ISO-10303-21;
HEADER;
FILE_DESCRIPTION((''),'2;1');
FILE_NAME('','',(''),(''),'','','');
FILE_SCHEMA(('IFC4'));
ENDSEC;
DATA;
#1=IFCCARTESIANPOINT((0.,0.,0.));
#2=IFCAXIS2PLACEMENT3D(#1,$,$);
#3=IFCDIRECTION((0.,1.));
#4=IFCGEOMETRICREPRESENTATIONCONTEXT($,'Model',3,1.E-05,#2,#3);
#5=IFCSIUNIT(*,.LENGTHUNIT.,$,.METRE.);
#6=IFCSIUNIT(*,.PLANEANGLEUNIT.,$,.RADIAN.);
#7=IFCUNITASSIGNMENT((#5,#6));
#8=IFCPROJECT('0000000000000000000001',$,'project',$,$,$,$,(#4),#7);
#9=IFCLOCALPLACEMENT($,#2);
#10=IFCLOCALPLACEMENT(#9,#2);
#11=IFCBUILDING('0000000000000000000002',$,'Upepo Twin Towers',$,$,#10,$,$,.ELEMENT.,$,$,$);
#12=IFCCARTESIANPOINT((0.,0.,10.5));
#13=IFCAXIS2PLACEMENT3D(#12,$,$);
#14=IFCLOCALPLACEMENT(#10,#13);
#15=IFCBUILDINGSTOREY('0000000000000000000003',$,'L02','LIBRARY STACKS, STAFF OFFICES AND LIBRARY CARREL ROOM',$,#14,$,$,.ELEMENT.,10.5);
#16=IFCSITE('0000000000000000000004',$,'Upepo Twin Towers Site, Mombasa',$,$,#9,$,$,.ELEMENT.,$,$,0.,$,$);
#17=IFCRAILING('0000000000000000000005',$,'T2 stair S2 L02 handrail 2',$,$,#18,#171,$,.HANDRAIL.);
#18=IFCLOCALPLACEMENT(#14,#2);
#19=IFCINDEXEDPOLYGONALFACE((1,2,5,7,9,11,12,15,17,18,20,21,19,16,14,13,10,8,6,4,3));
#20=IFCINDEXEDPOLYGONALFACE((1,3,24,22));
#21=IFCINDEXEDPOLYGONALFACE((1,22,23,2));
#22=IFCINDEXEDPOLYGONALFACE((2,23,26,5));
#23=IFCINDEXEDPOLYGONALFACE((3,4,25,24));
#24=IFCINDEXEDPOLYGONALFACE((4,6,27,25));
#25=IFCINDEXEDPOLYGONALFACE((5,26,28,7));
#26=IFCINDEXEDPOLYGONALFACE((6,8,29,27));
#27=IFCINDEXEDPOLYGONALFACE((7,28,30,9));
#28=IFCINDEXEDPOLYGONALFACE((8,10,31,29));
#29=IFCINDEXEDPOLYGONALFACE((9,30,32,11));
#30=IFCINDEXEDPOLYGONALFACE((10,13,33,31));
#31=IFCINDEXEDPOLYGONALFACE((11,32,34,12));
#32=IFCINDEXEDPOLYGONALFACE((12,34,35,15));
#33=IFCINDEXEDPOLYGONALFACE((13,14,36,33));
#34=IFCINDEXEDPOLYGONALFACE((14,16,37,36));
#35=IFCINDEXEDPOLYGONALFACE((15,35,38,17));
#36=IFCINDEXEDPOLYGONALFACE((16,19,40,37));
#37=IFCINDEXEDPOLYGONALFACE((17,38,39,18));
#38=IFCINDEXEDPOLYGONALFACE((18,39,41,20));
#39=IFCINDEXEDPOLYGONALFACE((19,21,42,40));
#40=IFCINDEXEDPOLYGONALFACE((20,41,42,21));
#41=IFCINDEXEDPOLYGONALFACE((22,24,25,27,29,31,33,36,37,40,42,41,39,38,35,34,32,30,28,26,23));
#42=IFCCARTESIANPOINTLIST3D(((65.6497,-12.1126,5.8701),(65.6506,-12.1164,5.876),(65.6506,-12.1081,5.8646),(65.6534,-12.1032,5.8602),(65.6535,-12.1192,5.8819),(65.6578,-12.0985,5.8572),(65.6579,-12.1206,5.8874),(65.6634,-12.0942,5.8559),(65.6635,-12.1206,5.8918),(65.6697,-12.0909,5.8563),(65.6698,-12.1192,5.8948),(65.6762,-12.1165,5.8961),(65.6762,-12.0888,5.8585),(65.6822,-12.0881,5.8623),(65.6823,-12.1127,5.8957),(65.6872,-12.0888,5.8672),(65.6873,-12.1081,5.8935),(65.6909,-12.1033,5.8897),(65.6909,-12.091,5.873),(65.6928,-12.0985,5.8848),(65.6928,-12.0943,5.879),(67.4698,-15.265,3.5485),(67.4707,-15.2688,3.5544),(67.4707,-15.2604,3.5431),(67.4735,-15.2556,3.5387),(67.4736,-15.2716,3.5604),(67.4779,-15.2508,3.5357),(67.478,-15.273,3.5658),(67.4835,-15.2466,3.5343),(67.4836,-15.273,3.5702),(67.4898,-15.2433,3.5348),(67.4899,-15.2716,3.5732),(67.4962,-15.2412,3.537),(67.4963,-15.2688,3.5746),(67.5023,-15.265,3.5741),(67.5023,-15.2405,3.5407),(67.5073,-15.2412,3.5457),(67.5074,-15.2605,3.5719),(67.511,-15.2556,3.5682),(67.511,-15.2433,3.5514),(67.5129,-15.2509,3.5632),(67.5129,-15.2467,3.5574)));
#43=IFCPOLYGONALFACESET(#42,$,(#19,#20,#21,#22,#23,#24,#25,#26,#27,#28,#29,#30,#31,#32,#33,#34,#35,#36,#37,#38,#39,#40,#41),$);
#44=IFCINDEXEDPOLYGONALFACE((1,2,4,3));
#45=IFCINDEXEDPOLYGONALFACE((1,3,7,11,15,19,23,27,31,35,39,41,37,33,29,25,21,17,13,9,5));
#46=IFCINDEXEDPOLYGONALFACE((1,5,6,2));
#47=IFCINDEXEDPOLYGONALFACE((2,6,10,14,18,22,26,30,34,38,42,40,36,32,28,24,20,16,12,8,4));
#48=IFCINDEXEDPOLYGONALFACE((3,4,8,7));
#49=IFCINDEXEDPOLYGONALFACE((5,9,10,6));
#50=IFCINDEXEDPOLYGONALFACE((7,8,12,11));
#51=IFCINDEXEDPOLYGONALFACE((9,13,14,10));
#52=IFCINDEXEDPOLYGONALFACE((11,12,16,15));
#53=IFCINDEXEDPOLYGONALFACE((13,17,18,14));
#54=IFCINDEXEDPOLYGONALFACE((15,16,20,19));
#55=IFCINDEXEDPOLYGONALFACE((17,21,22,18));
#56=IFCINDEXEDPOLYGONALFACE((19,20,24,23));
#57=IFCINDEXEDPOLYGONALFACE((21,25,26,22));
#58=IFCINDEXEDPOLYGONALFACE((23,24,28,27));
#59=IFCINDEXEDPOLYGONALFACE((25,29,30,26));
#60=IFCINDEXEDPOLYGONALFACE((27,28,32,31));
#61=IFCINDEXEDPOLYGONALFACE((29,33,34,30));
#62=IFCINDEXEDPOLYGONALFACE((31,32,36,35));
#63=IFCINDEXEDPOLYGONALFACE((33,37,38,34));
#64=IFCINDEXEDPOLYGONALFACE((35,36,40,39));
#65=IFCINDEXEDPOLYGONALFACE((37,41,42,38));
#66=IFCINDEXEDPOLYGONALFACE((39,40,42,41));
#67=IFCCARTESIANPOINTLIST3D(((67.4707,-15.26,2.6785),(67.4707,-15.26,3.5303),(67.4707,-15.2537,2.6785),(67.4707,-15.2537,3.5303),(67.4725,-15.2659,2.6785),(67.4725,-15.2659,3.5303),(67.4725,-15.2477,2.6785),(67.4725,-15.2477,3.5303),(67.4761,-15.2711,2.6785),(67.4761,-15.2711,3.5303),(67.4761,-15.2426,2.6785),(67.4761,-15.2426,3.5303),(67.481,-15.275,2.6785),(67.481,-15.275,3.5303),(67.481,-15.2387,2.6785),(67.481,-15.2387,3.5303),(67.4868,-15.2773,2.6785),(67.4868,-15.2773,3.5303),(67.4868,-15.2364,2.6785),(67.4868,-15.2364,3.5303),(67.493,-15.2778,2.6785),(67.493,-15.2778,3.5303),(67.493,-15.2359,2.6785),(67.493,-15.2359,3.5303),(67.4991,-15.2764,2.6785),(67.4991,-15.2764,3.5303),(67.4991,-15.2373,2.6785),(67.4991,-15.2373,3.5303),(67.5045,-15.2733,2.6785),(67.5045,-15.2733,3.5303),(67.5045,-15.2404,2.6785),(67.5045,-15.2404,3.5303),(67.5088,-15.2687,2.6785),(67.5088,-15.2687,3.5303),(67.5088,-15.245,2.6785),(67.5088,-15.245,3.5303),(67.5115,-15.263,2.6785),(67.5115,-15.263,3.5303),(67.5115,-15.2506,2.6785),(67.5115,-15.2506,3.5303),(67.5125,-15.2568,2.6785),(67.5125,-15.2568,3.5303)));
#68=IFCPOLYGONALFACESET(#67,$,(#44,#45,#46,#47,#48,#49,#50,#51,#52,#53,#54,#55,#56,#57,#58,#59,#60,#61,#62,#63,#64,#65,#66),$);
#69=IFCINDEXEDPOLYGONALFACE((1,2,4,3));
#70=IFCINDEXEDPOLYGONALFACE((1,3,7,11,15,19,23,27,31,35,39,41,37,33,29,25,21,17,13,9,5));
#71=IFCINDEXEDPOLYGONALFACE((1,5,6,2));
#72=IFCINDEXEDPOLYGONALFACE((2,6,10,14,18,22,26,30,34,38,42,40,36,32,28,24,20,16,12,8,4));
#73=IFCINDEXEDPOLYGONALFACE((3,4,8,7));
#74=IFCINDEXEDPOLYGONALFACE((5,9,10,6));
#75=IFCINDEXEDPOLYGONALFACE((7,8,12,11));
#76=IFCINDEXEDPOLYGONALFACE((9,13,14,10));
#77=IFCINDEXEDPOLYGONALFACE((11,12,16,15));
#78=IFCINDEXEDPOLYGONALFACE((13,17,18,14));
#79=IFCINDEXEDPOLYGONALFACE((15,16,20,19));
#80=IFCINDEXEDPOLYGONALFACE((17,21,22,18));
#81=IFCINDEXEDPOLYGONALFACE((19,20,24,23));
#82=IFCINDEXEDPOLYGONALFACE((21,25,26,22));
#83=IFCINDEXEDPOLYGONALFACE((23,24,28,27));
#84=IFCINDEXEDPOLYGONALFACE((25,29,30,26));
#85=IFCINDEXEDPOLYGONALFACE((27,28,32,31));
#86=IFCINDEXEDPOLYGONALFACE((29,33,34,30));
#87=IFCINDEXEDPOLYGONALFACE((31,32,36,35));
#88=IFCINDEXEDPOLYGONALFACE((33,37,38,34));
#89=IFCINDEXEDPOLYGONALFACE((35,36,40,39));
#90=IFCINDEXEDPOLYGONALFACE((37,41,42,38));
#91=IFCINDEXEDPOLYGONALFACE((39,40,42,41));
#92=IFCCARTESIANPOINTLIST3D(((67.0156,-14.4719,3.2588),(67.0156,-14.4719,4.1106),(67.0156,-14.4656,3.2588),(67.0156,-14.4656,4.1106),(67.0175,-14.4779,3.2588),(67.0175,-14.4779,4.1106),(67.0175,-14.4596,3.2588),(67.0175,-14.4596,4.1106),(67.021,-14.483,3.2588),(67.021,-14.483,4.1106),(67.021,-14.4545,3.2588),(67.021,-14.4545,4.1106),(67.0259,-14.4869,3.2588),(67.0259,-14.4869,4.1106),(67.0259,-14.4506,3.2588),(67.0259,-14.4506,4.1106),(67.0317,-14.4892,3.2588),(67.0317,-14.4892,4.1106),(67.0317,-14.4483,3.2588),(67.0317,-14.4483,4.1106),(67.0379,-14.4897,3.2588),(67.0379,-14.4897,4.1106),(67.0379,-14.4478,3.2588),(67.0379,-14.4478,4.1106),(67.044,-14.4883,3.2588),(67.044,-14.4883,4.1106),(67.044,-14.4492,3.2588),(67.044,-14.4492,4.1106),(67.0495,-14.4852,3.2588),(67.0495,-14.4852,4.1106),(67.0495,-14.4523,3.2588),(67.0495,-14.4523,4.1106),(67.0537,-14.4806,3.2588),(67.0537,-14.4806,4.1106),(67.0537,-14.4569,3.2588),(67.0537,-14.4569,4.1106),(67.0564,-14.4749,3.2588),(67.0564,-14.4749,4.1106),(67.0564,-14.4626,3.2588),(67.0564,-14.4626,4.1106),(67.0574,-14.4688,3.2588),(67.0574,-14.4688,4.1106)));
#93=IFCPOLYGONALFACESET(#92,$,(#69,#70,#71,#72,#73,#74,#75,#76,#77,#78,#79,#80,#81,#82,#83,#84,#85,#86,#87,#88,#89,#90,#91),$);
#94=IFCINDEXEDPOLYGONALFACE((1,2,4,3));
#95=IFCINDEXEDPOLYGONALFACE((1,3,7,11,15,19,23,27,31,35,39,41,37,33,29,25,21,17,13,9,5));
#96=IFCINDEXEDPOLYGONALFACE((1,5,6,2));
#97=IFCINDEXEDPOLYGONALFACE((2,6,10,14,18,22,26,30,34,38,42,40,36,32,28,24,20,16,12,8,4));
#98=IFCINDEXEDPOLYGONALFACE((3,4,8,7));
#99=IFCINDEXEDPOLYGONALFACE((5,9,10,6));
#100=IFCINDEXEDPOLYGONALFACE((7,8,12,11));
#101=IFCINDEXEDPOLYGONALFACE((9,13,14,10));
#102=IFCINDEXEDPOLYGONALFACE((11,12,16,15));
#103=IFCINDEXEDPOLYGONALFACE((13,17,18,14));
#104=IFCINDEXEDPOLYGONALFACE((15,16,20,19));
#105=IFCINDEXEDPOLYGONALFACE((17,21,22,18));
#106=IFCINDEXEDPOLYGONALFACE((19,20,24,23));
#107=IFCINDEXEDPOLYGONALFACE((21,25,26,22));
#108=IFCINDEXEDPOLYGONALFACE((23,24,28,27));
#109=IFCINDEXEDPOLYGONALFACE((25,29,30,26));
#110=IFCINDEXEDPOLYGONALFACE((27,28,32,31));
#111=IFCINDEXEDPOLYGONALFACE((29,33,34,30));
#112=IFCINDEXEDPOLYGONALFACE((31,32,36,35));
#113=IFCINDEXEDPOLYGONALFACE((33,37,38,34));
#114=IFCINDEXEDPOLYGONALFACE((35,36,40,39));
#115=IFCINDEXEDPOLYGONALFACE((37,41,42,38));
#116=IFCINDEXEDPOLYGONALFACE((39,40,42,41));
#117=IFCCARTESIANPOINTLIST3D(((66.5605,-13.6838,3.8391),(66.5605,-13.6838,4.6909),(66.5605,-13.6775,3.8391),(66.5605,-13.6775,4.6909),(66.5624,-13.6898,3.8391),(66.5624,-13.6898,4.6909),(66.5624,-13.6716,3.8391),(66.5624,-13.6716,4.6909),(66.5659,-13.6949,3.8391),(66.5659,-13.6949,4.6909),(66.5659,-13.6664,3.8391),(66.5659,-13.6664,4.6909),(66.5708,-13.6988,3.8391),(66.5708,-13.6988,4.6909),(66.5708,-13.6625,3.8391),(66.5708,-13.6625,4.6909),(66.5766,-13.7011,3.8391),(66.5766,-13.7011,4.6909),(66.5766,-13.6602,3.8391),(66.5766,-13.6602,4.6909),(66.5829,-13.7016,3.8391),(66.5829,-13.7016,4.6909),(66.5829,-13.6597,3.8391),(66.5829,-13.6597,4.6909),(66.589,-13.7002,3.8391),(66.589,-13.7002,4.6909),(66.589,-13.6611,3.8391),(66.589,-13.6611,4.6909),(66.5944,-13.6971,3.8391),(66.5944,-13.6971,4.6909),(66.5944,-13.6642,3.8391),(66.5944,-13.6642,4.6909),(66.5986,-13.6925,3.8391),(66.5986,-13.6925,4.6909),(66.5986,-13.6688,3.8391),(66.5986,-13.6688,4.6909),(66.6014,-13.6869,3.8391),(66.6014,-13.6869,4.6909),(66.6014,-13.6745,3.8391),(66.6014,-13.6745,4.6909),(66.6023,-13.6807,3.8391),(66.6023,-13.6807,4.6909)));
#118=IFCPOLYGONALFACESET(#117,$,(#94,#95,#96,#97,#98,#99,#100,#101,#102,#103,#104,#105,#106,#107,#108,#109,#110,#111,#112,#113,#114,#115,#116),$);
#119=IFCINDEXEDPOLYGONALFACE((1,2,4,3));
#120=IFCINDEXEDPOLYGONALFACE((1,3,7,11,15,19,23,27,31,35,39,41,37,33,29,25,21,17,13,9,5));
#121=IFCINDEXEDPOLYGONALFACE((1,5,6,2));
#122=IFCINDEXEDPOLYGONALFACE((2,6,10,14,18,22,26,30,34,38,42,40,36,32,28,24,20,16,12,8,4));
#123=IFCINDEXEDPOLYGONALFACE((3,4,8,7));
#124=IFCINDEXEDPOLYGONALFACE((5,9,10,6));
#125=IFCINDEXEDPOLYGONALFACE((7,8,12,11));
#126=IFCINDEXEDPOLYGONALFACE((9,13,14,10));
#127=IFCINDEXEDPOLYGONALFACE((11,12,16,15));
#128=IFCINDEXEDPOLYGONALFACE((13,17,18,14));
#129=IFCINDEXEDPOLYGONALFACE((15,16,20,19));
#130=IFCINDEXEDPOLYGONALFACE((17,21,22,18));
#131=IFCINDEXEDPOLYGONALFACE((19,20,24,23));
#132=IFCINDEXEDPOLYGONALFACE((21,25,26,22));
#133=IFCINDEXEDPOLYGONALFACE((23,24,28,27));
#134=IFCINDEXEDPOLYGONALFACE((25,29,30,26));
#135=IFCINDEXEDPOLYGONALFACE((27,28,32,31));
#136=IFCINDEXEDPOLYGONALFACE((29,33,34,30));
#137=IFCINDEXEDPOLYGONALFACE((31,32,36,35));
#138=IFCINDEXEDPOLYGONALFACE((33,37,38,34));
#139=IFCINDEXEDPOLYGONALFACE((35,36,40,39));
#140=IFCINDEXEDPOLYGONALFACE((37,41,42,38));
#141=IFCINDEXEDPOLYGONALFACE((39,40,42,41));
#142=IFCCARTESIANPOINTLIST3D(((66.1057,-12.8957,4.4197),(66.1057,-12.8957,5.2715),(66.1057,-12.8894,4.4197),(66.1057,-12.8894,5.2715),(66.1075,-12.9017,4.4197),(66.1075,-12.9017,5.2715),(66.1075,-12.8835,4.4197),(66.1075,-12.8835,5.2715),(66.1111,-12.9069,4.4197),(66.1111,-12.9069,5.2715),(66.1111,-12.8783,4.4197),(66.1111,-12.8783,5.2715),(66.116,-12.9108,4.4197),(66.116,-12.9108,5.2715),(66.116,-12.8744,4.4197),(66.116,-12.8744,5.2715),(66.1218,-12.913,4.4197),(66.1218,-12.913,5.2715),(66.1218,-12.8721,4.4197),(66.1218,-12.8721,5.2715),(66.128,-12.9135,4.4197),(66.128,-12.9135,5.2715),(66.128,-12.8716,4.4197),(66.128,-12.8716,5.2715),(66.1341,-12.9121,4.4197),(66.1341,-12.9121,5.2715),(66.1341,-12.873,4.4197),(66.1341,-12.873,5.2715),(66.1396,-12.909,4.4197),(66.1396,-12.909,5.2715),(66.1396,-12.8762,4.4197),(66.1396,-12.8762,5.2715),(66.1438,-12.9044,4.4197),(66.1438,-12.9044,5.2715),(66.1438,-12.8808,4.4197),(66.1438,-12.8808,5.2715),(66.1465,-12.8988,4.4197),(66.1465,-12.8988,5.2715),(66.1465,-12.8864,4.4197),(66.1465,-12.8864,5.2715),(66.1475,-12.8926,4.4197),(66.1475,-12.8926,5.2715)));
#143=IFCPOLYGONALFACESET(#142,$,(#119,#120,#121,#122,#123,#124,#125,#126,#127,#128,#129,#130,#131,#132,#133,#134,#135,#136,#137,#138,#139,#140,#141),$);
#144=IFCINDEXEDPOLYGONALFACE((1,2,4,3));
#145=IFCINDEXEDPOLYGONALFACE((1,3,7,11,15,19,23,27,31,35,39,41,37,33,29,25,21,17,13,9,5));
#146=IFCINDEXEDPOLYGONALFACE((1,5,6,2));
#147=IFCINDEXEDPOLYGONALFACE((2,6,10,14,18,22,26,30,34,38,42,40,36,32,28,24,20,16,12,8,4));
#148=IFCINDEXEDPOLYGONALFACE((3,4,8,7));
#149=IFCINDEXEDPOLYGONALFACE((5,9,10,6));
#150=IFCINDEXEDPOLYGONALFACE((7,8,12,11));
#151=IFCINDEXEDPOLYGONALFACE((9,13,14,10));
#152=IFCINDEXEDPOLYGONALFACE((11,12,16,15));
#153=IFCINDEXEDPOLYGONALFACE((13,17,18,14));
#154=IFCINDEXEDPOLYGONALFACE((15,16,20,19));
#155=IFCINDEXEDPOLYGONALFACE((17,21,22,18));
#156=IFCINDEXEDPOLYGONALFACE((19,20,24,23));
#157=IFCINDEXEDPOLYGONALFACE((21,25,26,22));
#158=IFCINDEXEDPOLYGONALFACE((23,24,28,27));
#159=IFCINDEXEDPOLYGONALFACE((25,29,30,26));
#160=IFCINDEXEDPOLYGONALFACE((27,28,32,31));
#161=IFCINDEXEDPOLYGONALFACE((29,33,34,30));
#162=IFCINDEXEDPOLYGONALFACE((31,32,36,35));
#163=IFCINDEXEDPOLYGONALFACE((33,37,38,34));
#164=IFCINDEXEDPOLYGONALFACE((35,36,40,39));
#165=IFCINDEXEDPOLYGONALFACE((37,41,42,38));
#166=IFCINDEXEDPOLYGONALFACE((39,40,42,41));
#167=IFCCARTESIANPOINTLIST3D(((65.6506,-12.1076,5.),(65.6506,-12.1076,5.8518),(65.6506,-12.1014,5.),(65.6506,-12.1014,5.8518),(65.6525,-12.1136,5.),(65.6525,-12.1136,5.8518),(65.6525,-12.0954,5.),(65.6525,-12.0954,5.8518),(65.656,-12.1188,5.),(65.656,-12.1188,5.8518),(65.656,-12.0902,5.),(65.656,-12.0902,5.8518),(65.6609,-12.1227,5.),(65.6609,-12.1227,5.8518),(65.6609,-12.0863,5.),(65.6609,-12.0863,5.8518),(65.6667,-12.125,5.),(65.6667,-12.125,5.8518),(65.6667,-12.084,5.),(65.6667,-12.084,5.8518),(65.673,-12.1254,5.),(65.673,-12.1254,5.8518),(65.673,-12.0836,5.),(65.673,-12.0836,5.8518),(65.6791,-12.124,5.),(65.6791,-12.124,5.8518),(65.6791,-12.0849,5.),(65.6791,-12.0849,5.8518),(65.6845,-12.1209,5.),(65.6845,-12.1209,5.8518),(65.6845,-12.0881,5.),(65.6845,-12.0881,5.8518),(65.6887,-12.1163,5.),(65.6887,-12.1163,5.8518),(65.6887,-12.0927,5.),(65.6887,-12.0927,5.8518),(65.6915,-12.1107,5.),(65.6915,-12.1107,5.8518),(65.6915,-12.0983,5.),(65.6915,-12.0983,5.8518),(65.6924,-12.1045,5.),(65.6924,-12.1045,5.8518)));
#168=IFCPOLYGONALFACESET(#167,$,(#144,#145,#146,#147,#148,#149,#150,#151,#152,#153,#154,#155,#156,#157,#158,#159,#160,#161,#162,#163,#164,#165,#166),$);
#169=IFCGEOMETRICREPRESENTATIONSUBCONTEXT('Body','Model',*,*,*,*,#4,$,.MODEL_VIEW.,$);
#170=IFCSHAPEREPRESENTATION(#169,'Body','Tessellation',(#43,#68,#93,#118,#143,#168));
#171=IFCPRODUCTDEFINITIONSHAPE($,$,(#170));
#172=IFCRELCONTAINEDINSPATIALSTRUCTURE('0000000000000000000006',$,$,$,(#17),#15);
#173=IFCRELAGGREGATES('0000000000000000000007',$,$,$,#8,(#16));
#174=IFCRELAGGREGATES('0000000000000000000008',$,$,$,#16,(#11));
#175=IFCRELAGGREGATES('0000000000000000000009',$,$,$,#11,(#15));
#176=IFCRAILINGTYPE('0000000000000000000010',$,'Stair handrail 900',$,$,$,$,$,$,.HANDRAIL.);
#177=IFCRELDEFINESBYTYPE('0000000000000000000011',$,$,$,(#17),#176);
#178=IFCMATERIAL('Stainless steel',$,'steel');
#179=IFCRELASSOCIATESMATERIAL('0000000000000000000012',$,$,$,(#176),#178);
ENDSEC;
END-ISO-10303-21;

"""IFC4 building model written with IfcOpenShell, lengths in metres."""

from ifc_helpers import new_model, si_unit, direction, frame, origin, origin_2d, place, context, subcontext, project, spatial, circle, extrude, material, type_object, element, save


model = new_model("IFC4")

# Units and contexts
model_context = context("Model", 3, precision=1e-05, world=origin(), true_north=direction((0.0, 1.0)))
body_context = subcontext(model_context, "Body", "Model", "MODEL_VIEW")
ifc_project = project(units=[si_unit("LENGTHUNIT", "METRE"), si_unit("PLANEANGLEUNIT", "RADIAN")], contexts=[model_context])

# Site, building, storey
site_placement = place(None, origin())
site = spatial("IfcSite", under=ifc_project, at=site_placement, Name="Upepo Twin Towers Site, Mombasa", CompositionType="ELEMENT", RefElevation=0.0)
building_placement = place(site_placement, origin())
building = spatial("IfcBuilding", under=site, at=building_placement, Name="Upepo Twin Towers", CompositionType="ELEMENT")
storey_placement = place(building_placement, frame((0.0, 0.0, 10.5)))
storey = spatial("IfcBuildingStorey", under=building, at=storey_placement, Name="L02", Description="LIBRARY STACKS, STAFF OFFICES AND LIBRARY CARREL ROOM", CompositionType="ELEMENT", Elevation=10.5)

# Railing
ifc_material_1 = material(Name="Stainless steel", Category="steel")
railing_type = type_object("IfcRailingType", Name="Stair handrail 900", PredefinedType="HANDRAIL", material=ifc_material_1)
railing_1_placement = place(storey_placement, frame((67.4915, -15.2568, 2.6785)))
element("IfcRailing", 1, at=railing_1_placement, inside=storey, type_object=railing_type, Name="T2 stair S2 L02 handrail 2", PredefinedType="HANDRAIL", context=body_context, shape_type="SweptSolid", body=[
    extrude(circle(Radius=0.0239, at=origin_2d()), frame((0.0, 0.0, 0.876), z_axis=(-0.421572, 0.730159, 0.537723), x_axis=(-0.866018, -0.500013, 0.0)), (0.0, 0.0, 1.0), 4.3174),
    extrude(circle(Radius=0.021, at=origin_2d()), origin(), (0.0, 0.0, 1.0), 0.8518),
    extrude(circle(Radius=0.021, at=origin_2d()), frame((-0.4551, 0.7881, 0.5803)), (0.0, 0.0, 1.0), 0.8518),
    extrude(circle(Radius=0.021, at=origin_2d()), frame((-0.9102, 1.5762, 1.1606)), (0.0, 0.0, 1.0), 0.8518),
    extrude(circle(Radius=0.021, at=origin_2d()), frame((-1.365, 2.3643, 1.7412)), (0.0, 0.0, 1.0), 0.8518),
    extrude(circle(Radius=0.021, at=origin_2d()), frame((-1.8201, 3.1523, 2.3215)), (0.0, 0.0, 1.0), 0.8518),
])

save(model, "model.ifc")
